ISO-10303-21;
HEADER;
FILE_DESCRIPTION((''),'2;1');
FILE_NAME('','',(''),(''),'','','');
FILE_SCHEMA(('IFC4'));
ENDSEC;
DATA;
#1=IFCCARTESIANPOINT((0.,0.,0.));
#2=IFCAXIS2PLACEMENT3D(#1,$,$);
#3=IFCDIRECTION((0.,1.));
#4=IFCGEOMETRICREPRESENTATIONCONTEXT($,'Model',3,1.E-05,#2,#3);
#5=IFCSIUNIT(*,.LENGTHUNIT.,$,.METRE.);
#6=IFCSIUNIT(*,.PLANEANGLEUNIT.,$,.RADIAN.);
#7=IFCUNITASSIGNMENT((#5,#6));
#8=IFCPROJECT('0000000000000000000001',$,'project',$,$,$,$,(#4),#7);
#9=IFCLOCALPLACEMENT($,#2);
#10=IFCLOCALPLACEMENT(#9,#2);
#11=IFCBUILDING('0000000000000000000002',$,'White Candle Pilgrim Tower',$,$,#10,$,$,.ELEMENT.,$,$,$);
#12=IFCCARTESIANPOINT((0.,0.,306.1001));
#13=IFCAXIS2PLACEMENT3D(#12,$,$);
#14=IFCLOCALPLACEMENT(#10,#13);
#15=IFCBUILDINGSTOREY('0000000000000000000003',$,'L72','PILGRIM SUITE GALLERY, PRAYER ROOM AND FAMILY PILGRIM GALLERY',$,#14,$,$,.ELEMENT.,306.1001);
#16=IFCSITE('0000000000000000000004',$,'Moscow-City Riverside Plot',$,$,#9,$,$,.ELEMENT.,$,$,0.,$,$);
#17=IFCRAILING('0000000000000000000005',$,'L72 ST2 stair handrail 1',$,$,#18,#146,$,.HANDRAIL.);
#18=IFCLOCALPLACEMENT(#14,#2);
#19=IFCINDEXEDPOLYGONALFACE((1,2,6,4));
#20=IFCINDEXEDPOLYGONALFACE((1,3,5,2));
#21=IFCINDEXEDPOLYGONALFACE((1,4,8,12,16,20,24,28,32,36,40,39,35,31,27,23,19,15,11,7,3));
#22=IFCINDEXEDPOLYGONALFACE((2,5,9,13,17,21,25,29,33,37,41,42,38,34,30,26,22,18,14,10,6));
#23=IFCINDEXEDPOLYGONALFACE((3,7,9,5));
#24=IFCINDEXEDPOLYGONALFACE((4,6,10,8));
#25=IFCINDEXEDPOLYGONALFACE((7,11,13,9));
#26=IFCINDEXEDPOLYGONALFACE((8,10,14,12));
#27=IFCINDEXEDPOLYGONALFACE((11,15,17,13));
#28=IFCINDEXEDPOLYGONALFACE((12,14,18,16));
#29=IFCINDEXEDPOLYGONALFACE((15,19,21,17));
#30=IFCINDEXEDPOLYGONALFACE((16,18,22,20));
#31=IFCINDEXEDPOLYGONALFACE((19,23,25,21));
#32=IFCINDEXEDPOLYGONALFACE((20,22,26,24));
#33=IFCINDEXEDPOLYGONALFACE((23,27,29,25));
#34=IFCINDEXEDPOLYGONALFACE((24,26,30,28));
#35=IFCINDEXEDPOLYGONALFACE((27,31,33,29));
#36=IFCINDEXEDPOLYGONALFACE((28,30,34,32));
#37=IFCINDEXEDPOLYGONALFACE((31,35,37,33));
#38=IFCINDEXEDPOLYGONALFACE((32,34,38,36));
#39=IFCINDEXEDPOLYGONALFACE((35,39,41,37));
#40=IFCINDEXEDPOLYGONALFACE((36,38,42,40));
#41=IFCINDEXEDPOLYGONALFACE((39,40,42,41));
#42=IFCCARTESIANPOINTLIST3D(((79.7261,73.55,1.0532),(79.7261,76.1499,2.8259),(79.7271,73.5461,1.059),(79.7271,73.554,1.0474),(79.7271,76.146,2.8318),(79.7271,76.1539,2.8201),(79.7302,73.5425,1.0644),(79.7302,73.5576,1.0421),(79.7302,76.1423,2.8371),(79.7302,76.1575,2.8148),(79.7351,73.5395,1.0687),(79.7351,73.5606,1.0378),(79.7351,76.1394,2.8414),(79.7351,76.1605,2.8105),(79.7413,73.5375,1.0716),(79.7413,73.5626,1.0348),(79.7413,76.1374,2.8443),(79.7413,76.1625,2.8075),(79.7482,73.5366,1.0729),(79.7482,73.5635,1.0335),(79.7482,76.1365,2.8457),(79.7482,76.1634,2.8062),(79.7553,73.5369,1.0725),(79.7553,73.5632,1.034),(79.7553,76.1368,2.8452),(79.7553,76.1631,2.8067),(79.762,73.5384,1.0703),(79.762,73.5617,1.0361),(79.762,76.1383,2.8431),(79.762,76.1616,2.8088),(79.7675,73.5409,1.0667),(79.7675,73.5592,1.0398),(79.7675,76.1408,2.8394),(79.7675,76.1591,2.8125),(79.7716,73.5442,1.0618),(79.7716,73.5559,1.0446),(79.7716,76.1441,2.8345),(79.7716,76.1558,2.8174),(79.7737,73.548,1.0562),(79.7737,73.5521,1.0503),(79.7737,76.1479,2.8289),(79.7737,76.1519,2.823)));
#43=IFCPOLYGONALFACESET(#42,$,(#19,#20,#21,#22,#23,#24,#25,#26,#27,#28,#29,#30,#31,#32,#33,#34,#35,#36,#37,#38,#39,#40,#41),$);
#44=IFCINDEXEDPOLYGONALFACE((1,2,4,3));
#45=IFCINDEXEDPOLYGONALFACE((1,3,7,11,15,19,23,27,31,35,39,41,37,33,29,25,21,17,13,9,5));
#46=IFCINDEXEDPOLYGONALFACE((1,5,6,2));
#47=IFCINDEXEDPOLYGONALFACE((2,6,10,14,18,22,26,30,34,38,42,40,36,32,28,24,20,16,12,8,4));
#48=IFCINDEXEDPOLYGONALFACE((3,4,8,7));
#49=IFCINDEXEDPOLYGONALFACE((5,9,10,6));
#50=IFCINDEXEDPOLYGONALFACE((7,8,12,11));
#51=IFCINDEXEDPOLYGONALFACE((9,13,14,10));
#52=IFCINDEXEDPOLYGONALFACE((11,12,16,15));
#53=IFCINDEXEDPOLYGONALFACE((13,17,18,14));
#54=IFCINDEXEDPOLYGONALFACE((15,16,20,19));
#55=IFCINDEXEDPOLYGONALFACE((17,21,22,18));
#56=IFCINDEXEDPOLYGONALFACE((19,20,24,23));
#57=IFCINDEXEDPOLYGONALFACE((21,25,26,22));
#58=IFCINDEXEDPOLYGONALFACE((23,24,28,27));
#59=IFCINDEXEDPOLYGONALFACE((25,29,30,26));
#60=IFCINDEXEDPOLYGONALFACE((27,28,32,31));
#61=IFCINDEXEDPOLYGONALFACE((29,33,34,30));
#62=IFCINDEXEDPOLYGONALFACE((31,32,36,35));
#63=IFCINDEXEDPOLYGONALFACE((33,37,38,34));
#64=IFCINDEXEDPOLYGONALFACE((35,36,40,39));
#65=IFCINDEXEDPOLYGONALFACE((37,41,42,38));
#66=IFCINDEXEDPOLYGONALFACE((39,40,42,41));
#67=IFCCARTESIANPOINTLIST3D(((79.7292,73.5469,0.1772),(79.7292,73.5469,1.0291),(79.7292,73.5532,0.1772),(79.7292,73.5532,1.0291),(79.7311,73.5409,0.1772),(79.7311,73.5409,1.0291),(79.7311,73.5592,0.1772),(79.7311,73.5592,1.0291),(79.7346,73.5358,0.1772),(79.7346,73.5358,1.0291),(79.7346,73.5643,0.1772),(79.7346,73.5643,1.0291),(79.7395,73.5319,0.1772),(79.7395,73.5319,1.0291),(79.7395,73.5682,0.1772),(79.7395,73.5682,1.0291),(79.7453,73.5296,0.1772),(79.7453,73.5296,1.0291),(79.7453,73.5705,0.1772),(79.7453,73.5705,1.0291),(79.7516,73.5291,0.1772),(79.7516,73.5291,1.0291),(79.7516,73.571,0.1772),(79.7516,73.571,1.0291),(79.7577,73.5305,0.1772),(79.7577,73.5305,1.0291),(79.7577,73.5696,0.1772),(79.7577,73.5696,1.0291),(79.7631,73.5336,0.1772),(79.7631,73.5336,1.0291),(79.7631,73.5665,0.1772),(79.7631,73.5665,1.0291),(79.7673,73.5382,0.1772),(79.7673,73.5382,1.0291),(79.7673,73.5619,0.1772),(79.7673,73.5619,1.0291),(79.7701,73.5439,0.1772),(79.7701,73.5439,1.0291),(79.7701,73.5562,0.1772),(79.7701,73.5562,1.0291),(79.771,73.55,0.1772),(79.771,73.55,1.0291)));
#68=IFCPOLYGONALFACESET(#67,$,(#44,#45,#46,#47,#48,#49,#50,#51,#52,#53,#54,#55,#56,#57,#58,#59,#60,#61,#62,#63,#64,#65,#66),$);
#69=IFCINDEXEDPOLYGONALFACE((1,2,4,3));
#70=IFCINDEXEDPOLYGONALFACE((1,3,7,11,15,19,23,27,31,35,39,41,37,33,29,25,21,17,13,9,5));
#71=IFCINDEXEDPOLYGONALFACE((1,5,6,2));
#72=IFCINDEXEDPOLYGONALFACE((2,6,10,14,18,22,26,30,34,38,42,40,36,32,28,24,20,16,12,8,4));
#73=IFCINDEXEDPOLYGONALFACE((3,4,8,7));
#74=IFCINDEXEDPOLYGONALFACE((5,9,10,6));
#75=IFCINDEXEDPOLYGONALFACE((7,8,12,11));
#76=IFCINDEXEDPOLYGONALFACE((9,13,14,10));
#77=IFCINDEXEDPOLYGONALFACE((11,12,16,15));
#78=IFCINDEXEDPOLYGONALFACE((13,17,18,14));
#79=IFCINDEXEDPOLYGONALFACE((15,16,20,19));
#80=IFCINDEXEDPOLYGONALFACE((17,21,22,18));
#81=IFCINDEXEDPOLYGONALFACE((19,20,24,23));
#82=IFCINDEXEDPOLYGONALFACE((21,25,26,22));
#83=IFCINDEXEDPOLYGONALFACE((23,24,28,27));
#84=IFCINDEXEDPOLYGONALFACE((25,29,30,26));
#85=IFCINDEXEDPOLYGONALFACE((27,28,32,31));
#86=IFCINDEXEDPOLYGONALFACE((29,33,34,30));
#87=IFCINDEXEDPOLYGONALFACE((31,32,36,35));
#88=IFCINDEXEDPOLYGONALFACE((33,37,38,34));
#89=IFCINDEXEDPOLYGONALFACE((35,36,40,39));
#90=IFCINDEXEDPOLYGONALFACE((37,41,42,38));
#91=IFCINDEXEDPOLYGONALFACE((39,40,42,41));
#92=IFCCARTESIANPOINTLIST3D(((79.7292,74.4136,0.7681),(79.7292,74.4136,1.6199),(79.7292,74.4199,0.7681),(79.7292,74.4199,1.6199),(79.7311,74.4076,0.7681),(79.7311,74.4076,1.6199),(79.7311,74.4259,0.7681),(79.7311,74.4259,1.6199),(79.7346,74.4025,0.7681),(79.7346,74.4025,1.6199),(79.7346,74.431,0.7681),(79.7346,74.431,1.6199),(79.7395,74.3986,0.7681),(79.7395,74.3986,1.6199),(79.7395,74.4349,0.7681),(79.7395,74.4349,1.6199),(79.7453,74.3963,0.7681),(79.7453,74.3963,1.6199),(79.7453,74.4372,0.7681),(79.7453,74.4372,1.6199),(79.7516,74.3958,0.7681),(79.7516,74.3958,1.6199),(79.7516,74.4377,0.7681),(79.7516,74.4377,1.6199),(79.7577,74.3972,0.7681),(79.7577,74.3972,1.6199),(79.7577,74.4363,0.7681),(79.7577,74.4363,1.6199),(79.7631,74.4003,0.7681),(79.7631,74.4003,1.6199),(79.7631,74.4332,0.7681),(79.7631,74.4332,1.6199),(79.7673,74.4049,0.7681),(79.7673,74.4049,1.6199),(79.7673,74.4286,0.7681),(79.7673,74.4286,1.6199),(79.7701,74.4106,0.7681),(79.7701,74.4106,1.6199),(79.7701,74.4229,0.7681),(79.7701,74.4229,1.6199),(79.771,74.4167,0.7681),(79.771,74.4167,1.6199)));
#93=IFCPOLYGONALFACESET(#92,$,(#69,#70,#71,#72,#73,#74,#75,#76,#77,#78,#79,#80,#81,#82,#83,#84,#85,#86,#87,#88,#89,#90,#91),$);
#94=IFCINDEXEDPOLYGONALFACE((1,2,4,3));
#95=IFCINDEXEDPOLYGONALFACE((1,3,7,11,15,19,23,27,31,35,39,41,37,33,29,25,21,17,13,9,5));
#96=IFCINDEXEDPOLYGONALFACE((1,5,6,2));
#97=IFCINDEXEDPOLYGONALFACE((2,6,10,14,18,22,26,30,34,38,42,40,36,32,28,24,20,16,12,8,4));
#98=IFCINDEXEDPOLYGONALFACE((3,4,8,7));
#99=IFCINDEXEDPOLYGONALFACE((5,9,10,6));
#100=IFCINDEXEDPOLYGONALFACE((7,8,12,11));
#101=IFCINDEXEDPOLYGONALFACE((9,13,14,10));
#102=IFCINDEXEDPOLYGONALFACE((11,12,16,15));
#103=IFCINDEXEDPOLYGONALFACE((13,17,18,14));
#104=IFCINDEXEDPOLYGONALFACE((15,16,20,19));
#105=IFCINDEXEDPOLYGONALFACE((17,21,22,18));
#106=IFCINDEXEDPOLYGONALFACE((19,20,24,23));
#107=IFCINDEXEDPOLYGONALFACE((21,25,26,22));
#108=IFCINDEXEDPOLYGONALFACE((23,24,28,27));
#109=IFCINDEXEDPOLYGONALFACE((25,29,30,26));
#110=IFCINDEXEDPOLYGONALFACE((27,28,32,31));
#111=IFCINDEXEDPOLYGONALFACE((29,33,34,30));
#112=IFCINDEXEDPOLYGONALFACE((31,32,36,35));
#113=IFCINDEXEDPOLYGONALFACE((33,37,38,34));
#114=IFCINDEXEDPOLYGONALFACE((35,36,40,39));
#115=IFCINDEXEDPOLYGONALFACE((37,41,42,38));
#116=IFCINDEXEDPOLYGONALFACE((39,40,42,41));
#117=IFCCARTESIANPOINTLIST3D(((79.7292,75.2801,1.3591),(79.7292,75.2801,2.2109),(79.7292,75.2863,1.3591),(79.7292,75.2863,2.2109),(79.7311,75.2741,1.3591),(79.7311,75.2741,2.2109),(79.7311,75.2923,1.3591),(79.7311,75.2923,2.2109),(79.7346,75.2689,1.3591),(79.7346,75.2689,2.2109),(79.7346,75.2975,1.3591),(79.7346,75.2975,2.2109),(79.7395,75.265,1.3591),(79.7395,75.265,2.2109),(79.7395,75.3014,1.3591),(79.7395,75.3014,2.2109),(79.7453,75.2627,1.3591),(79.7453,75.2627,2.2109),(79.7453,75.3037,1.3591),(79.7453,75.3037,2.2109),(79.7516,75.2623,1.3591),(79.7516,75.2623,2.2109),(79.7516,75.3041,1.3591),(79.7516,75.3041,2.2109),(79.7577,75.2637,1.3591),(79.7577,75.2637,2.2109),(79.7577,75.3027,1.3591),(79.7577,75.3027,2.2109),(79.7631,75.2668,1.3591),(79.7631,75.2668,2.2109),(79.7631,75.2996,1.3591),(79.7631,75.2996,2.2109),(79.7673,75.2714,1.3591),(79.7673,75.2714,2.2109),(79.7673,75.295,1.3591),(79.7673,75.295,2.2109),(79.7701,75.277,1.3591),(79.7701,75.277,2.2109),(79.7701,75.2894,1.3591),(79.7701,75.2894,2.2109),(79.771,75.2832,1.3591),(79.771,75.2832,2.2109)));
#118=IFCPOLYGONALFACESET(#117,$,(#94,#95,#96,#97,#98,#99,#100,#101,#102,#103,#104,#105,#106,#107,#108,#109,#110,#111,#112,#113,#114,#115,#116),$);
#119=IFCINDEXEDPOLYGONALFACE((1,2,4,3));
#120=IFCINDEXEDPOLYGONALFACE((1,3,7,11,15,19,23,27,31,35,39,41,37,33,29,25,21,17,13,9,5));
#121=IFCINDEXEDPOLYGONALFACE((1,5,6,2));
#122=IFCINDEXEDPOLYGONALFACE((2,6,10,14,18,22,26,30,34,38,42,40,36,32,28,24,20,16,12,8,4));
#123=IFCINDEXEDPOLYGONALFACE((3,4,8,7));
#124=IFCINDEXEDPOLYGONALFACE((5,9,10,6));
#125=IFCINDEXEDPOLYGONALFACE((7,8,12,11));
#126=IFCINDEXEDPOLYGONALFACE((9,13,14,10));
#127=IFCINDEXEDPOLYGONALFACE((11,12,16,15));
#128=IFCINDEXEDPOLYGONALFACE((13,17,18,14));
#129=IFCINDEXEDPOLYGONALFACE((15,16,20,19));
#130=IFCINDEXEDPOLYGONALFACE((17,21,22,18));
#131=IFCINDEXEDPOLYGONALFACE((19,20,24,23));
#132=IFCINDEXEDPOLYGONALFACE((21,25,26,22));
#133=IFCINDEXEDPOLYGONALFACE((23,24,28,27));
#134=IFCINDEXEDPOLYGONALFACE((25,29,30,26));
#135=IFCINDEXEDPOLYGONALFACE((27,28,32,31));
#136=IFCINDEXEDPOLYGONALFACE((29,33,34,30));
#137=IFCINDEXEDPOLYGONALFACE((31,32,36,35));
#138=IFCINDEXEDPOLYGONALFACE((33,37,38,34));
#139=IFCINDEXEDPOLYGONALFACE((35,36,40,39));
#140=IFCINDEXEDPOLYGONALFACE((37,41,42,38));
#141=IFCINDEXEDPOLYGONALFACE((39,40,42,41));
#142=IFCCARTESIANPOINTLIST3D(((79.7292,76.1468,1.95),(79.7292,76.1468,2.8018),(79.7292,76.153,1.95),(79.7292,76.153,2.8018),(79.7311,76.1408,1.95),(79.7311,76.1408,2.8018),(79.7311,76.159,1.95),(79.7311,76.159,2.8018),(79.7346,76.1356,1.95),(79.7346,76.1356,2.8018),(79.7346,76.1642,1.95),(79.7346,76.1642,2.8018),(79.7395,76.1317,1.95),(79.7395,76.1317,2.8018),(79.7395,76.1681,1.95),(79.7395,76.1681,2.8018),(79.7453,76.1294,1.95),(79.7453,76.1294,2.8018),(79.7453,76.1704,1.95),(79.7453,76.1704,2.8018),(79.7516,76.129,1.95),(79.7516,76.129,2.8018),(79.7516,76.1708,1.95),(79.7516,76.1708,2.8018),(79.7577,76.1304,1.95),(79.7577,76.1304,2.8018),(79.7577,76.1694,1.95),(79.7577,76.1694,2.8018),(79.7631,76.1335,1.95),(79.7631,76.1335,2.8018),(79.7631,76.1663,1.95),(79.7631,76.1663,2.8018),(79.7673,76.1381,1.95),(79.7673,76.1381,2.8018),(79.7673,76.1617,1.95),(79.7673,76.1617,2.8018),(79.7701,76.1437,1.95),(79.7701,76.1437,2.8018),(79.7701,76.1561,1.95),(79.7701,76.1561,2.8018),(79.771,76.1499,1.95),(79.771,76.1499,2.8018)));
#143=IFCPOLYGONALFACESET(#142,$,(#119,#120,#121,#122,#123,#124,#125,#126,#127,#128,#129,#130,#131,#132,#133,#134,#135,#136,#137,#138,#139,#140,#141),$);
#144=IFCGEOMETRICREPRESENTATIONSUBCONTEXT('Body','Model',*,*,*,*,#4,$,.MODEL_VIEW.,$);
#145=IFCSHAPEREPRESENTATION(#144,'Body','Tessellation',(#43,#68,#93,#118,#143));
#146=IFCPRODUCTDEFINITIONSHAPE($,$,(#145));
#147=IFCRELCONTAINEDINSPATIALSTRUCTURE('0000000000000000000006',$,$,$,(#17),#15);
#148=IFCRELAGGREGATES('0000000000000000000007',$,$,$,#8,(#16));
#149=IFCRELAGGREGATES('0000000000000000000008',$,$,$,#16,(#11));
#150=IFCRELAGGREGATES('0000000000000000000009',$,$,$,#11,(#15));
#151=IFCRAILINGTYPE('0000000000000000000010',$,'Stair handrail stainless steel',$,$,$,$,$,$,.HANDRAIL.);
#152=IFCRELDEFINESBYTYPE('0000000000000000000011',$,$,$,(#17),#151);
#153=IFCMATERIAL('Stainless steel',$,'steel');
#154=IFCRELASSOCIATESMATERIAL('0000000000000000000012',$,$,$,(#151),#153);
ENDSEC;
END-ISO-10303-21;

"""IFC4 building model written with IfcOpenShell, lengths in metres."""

from ifc_helpers import new_model, si_unit, direction, frame, origin, origin_2d, place, context, subcontext, project, spatial, circle, extrude, material, type_object, element, save


model = new_model("IFC4")

# Units and contexts
model_context = context("Model", 3, precision=1e-05, world=origin(), true_north=direction((0.0, 1.0)))
body_context = subcontext(model_context, "Body", "Model", "MODEL_VIEW")
ifc_project = project(units=[si_unit("LENGTHUNIT", "METRE"), si_unit("PLANEANGLEUNIT", "RADIAN")], contexts=[model_context])

# Site, building, storey
site_placement = place(None, origin())
site = spatial("IfcSite", under=ifc_project, at=site_placement, Name="Moscow-City Riverside Plot", CompositionType="ELEMENT", RefElevation=0.0)
building_placement = place(site_placement, origin())
building = spatial("IfcBuilding", under=site, at=building_placement, Name="White Candle Pilgrim Tower", CompositionType="ELEMENT")
storey_placement = place(building_placement, frame((0.0, 0.0, 306.1001)))
storey = spatial("IfcBuildingStorey", under=building, at=storey_placement, Name="L72", Description="PILGRIM SUITE GALLERY, PRAYER ROOM AND FAMILY PILGRIM GALLERY", CompositionType="ELEMENT", Elevation=306.1001)

# Railing
ifc_material_1 = material(Name="Stainless steel", Category="steel")
railing_type_1 = type_object("IfcRailingType", Name="Stair handrail stainless steel", PredefinedType="HANDRAIL", material=ifc_material_1)
railing_1_placement = place(storey_placement, frame((79.75, 73.55, 0.1772)))
element("IfcRailing", 1, at=railing_1_placement, inside=storey, type_object=railing_type_1, Name="L72 ST2 stair handrail 1", PredefinedType="HANDRAIL", context=body_context, shape_type="SweptSolid", body=[
    extrude(circle(Radius=0.0239, at=origin_2d()), frame((0.0, 0.0, 0.876), z_axis=(0.0, 0.826216, 0.563354), x_axis=(-1.0, 0.0, 0.0)), (0.0, 0.0, 1.0), 3.1467),
    extrude(circle(Radius=0.021, at=origin_2d()), origin(), (0.0, 0.0, 1.0), 0.8518),
    extrude(circle(Radius=0.021, at=origin_2d()), frame((0.0, 0.8667, 0.5908)), (0.0, 0.0, 1.0), 0.8518),
    extrude(circle(Radius=0.021, at=origin_2d()), frame((0.0, 1.7332, 1.1819)), (0.0, 0.0, 1.0), 0.8518),
    extrude(circle(Radius=0.021, at=origin_2d()), frame((0.0, 2.5999, 1.7727)), (0.0, 0.0, 1.0), 0.8518),
])

save(model, "model.ifc")
